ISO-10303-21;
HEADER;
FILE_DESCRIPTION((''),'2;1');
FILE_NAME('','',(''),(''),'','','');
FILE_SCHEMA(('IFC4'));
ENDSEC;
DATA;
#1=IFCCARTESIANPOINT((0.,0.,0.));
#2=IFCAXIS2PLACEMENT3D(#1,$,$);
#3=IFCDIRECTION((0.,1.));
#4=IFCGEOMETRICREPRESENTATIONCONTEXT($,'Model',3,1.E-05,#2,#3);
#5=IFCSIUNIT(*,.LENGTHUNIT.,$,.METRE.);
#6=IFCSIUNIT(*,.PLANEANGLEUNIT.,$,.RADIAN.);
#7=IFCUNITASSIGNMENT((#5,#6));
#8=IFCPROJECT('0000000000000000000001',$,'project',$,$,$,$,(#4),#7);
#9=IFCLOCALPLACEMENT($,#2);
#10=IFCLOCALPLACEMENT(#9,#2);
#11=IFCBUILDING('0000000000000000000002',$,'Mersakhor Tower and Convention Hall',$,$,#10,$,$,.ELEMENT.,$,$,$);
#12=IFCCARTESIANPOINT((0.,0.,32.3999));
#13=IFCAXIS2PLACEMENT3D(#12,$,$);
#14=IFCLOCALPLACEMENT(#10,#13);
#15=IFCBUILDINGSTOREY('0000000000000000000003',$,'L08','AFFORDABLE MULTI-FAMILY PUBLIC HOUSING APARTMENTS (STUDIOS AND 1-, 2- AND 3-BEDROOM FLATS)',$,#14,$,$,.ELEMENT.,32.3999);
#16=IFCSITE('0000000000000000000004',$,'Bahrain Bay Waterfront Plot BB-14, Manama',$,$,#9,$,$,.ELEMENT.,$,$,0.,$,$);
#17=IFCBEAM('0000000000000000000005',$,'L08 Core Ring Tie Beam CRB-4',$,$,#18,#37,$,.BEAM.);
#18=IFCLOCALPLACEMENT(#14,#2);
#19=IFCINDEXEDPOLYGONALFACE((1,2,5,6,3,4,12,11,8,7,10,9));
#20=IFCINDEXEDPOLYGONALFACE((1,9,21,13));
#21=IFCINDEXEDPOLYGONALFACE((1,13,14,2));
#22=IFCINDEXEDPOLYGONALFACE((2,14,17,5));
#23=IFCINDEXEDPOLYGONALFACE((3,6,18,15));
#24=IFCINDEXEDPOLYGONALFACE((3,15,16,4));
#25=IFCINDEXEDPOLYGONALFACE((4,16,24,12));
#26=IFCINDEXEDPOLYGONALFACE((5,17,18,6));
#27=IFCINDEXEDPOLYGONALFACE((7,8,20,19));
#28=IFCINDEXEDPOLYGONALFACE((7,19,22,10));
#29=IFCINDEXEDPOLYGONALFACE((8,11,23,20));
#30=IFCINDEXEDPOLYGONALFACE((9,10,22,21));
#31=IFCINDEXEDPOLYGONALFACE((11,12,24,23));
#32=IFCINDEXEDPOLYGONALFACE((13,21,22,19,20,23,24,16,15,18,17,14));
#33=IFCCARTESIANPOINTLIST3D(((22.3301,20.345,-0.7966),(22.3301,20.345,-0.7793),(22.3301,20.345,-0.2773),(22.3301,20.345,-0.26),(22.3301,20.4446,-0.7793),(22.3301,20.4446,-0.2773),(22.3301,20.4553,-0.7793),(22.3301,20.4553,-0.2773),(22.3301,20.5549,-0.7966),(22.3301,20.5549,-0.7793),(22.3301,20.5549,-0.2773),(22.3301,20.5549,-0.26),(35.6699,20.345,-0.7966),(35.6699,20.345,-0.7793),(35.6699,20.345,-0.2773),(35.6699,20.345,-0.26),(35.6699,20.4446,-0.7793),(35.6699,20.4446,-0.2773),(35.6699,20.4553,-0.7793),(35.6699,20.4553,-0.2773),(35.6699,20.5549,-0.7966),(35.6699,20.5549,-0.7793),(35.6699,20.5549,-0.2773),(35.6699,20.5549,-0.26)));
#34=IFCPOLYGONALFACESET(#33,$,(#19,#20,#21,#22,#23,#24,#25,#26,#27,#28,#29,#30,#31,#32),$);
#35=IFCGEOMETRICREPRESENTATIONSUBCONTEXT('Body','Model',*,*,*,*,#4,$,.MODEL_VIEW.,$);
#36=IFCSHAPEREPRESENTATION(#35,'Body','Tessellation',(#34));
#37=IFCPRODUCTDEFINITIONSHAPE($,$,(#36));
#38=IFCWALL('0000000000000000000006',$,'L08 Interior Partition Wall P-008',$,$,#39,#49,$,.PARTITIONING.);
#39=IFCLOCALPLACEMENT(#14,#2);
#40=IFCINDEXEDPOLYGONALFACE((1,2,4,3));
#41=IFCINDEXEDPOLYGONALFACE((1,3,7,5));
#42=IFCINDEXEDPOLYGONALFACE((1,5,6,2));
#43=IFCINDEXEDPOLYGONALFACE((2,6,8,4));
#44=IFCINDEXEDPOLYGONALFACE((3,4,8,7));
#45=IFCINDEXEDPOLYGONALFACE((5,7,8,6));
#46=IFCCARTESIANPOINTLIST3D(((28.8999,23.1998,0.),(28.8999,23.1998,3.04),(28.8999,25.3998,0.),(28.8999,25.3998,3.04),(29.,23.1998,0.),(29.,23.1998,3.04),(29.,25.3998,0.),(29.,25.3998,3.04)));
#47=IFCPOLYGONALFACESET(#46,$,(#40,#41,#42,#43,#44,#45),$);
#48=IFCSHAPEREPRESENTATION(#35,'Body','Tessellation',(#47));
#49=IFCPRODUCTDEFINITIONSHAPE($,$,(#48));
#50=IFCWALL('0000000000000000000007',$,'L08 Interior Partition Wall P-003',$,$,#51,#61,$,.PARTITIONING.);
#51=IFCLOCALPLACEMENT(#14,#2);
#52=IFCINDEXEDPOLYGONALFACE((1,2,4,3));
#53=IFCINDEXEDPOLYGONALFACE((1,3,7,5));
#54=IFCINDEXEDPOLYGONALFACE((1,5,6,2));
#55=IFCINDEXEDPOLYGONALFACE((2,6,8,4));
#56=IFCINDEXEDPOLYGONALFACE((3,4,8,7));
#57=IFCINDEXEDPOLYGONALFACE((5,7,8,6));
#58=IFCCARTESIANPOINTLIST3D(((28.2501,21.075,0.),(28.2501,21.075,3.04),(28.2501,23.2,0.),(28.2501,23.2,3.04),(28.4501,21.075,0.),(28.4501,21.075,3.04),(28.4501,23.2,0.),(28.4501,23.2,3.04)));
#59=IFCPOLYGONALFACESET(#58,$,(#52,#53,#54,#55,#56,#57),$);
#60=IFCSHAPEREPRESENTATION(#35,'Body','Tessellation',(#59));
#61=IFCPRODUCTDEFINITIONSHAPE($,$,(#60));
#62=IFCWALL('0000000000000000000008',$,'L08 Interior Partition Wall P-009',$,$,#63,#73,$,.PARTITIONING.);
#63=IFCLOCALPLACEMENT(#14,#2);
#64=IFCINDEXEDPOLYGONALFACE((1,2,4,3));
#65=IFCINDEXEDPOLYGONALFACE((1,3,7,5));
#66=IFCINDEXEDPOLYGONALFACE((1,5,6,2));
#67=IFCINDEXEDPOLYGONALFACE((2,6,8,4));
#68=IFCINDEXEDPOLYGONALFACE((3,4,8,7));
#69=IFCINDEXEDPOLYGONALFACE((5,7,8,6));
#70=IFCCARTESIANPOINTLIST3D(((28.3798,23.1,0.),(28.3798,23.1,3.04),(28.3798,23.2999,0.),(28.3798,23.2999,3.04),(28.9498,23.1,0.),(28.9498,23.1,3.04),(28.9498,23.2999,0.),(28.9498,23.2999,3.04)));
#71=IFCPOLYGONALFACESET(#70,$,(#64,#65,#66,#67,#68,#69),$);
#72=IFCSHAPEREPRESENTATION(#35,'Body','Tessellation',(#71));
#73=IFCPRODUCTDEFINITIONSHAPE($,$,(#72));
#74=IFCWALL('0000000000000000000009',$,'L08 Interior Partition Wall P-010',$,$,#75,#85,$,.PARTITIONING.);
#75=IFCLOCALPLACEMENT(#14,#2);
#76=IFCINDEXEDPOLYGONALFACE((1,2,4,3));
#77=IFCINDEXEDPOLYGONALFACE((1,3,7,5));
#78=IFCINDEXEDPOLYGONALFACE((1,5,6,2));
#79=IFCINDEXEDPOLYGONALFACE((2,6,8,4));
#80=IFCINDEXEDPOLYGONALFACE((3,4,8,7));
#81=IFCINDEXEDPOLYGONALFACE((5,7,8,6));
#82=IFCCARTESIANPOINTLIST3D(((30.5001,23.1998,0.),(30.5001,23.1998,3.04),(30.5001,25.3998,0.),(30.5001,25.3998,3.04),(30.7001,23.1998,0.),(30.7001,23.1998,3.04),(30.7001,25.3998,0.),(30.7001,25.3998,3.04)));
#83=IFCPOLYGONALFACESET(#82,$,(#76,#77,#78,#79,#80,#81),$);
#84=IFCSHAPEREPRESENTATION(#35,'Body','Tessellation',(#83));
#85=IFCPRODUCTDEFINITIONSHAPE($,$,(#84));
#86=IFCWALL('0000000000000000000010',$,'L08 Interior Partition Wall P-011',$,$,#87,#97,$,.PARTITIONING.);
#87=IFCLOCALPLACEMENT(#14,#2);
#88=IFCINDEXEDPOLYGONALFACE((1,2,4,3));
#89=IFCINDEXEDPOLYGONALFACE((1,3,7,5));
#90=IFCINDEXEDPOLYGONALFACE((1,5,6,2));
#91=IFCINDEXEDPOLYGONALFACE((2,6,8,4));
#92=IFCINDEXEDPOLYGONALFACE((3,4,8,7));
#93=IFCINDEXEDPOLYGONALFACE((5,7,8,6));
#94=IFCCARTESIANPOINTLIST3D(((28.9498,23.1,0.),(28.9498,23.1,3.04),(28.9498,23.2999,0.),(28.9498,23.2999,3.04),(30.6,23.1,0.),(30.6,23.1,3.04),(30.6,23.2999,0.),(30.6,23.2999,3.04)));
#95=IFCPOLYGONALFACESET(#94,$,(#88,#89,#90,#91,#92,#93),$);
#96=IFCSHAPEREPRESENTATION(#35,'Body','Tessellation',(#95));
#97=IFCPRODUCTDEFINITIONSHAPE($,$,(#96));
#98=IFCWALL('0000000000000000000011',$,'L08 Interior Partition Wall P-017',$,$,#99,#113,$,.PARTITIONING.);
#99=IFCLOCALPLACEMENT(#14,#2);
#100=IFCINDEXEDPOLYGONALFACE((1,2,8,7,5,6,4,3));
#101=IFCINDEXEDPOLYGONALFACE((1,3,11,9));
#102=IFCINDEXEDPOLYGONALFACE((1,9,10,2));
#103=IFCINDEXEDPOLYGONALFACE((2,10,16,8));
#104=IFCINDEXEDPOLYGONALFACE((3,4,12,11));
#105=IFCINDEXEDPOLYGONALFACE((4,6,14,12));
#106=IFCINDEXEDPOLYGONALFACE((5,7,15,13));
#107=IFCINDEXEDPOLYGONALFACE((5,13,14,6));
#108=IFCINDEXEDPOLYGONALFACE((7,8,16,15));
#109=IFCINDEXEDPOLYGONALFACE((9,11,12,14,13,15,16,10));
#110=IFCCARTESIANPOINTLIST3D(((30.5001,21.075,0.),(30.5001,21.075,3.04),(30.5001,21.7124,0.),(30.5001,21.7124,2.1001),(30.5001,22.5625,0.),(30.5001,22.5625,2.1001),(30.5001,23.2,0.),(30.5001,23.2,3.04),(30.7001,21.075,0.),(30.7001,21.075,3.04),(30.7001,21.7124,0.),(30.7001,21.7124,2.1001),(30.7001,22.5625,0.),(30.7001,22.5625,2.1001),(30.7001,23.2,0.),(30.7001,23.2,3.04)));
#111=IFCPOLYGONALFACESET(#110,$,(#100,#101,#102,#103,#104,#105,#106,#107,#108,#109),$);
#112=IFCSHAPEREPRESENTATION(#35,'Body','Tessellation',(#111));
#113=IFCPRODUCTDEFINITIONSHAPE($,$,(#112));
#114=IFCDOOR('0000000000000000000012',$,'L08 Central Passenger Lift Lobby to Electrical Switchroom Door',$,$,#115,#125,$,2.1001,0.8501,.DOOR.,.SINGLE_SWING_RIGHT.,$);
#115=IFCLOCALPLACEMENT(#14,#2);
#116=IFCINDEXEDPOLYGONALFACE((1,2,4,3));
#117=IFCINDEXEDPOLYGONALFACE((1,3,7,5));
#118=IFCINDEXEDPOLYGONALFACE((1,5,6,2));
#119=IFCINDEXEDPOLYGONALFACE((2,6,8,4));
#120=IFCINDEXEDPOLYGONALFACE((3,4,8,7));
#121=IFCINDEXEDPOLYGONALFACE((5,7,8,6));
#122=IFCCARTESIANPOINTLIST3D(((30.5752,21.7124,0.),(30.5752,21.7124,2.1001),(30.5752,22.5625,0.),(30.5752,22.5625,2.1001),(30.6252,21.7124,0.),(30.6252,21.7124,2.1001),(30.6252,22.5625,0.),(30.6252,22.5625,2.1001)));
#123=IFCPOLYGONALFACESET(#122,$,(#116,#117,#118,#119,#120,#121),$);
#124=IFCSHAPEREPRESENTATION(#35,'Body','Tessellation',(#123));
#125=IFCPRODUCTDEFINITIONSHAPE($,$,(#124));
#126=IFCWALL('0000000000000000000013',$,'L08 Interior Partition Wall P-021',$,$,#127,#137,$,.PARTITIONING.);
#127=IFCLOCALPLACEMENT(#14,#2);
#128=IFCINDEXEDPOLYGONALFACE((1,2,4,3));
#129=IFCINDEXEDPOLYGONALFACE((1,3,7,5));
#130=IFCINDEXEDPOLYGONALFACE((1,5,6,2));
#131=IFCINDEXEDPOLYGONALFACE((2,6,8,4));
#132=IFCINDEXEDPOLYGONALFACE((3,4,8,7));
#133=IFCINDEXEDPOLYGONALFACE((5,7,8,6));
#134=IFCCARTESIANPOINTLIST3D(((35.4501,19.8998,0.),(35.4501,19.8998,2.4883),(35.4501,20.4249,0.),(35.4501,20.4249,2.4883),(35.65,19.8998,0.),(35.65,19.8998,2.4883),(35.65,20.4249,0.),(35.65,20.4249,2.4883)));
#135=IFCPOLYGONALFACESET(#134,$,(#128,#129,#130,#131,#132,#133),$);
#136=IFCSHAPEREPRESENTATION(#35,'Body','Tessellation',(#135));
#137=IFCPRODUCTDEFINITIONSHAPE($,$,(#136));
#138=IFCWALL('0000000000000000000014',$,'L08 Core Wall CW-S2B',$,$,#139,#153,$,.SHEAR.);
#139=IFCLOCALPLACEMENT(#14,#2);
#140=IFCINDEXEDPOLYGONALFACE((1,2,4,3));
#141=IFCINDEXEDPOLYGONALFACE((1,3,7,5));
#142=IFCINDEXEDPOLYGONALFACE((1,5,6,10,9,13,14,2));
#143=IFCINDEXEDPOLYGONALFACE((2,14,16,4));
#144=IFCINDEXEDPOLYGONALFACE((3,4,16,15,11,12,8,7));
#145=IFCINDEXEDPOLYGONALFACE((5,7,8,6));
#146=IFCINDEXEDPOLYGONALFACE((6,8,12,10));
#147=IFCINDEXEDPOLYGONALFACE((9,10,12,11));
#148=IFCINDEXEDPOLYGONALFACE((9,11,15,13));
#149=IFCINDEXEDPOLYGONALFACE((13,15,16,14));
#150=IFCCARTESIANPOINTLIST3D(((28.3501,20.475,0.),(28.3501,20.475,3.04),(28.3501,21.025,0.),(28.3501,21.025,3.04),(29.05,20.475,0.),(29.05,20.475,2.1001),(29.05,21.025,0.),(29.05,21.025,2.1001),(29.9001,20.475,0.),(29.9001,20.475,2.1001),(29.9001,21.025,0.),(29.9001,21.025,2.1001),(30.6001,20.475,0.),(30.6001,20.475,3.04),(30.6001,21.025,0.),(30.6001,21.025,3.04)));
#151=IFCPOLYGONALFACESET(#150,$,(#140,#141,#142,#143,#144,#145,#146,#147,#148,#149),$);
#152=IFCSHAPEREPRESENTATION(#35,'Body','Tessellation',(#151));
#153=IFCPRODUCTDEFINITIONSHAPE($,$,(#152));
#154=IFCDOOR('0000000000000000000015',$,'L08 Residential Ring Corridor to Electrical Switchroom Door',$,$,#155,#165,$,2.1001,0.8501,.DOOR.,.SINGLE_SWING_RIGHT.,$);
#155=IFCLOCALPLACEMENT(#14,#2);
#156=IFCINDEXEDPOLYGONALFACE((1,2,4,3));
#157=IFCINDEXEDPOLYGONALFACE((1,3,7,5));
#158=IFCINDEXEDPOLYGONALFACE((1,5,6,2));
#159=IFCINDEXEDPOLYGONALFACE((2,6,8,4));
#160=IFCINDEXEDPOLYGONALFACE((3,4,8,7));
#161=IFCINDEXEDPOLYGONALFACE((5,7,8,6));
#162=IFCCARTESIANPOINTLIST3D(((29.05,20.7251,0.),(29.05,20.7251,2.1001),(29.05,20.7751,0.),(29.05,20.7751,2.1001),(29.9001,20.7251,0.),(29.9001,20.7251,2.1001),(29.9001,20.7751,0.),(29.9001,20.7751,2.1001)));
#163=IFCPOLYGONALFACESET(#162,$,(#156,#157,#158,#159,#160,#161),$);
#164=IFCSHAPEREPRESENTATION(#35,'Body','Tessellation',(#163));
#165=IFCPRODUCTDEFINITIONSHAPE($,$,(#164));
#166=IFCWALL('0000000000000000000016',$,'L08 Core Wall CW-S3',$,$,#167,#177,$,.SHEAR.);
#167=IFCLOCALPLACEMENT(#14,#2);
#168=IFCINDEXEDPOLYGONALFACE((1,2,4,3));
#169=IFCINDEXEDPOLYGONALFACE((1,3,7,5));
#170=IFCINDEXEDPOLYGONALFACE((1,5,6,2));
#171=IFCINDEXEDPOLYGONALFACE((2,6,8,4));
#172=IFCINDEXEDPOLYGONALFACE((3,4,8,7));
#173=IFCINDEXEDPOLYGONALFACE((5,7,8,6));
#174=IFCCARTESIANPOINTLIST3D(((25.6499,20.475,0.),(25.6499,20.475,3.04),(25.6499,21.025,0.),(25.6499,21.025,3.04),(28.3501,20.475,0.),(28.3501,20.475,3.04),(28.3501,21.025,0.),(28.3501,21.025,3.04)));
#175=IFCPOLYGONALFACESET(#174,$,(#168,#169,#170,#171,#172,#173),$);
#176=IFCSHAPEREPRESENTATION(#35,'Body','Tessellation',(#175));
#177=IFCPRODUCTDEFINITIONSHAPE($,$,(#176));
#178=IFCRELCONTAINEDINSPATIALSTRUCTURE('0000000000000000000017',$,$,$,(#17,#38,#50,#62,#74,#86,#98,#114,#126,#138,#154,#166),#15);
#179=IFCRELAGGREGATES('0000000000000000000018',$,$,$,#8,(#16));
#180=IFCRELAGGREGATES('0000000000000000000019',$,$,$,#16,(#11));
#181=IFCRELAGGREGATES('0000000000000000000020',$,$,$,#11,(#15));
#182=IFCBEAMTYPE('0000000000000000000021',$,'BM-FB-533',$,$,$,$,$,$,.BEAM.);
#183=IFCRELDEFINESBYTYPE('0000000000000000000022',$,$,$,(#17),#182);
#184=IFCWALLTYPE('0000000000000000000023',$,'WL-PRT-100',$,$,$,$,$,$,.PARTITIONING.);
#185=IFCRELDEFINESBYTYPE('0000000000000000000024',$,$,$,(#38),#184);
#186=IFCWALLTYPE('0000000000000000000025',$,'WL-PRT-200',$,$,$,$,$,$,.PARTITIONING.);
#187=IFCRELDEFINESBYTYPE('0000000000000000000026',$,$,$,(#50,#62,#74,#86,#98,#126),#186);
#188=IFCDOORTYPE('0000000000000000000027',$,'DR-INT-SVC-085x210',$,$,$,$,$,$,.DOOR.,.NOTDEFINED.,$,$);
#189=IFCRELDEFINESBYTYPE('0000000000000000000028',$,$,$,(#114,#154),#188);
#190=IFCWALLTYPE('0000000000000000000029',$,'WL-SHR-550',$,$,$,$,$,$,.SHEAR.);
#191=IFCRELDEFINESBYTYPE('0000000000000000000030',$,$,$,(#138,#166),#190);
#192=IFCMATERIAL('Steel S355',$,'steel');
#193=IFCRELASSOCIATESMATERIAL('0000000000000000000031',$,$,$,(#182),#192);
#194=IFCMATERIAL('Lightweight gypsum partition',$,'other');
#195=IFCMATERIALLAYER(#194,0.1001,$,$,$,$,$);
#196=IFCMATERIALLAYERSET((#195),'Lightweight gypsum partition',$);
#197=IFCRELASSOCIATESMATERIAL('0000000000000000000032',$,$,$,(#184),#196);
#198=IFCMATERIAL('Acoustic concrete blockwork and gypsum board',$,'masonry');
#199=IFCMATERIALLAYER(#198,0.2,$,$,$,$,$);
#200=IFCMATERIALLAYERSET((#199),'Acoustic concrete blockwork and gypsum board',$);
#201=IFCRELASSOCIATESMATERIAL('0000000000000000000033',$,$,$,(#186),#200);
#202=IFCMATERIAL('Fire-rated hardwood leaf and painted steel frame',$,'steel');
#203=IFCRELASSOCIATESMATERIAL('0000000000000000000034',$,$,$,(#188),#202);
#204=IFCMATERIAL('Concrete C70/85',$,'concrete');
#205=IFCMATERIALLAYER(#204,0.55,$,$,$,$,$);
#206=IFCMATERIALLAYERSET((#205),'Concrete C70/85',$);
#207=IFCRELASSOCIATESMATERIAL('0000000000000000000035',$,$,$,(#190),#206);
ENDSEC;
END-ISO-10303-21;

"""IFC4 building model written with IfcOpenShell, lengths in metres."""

from ifc_helpers import new_model, si_unit, direction, frame, frame_2d, origin, origin_2d, place, context, subcontext, project, spatial, rectangle, i_section, extrude, material, layer, layer_set, material_profile, profile_set, type_object, element, fill, save


model = new_model("IFC4")

# Units and contexts
model_context = context("Model", 3, precision=1e-05, world=origin(), true_north=direction((0.0, 1.0)))
body_context = subcontext(model_context, "Body", "Model", "MODEL_VIEW")
ifc_project = project(units=[si_unit("LENGTHUNIT", "METRE"), si_unit("PLANEANGLEUNIT", "RADIAN")], contexts=[model_context])

# Site, building, storey
site_placement = place(None, origin())
site = spatial("IfcSite", under=ifc_project, at=site_placement, Name="Bahrain Bay Waterfront Plot BB-14, Manama", CompositionType="ELEMENT", RefElevation=0.0)
building_placement = place(site_placement, origin())
building = spatial("IfcBuilding", under=site, at=building_placement, Name="Mersakhor Tower and Convention Hall", CompositionType="ELEMENT")
storey_placement = place(building_placement, frame((0.0, 0.0, 32.3999)))
storey = spatial("IfcBuildingStorey", under=building, at=storey_placement, Name="L08", Description="AFFORDABLE MULTI-FAMILY PUBLIC HOUSING APARTMENTS (STUDIOS AND 1-, 2- AND 3-BEDROOM FLATS)", CompositionType="ELEMENT", Elevation=32.3999)

# Beam
ifc_material_1 = material(Name="Steel S355", Category="steel")
ifc_material_profile = material_profile(ifc_material_1, i_section(OverallWidth=0.21, OverallDepth=0.5366, WebThickness=0.0107, FlangeThickness=0.0173, at=origin_2d()), Name="UB 533x210x101")
ifc_profile_set = profile_set([ifc_material_profile], Name="Steel S355")
beam_type = type_object("IfcBeamType", Name="BM-FB-533", PredefinedType="BEAM", material=ifc_profile_set)
beam_placement = place(storey_placement, frame((35.6699, 20.45, -0.5283), z_axis=(-1.0, 0.0, 0.0), x_axis=(0.0, -1.0, 0.0)))
element("IfcBeam", 1, at=beam_placement, inside=storey, type_object=beam_type, Name="L08 Core Ring Tie Beam CRB-4", PredefinedType="BEAM", context=body_context, shape_type="SweptSolid", body=[
    extrude(i_section(OverallWidth=0.21, OverallDepth=0.5366, WebThickness=0.0107, FlangeThickness=0.0173, at=origin_2d()), origin(), (0.0, 0.0, 1.0), 13.3398),
])

# Walls
ifc_material_2 = material(Name="Lightweight gypsum partition", Category="other")
ifc_layer_1 = layer(ifc_material_2, 0.1001)
ifc_layer_set_1 = layer_set([ifc_layer_1], Name="Lightweight gypsum partition")
wall_type_1 = type_object("IfcWallType", Name="WL-PRT-100", PredefinedType="PARTITIONING", material=ifc_layer_set_1)
wall_1_placement = place(storey_placement, frame((28.95, 25.3999, 0.0), z_axis=(0.0, 0.0, 1.0), x_axis=(0.0, -1.0, 0.0)))
element("IfcWall", 2, at=wall_1_placement, inside=storey, type_object=wall_type_1, Name="L08 Interior Partition Wall P-008", PredefinedType="PARTITIONING", context=body_context, shape_type="SweptSolid", body=[
    extrude(rectangle(XDim=2.2, YDim=0.1001, at=frame_2d((1.1001, 0.0))), origin(), (0.0, 0.0, 1.0), 3.04),
])
ifc_material_3 = material(Name="Acoustic concrete blockwork and gypsum board", Category="masonry")
ifc_layer_2 = layer(ifc_material_3, 0.2)
ifc_layer_set_2 = layer_set([ifc_layer_2], Name="Acoustic concrete blockwork and gypsum board")
wall_type_2 = type_object("IfcWallType", Name="WL-PRT-200", PredefinedType="PARTITIONING", material=ifc_layer_set_2)
wall_2_placement = place(storey_placement, frame((28.3501, 23.2, 0.0), z_axis=(0.0, 0.0, 1.0), x_axis=(0.0, -1.0, 0.0)))
element("IfcWall", 3, at=wall_2_placement, inside=storey, type_object=wall_type_2, Name="L08 Interior Partition Wall P-003", PredefinedType="PARTITIONING", context=body_context, shape_type="SweptSolid", body=[
    extrude(rectangle(XDim=2.125, YDim=0.2, at=frame_2d((1.0625, 0.0))), origin(), (0.0, 0.0, 1.0), 3.04),
])
wall_3_placement = place(storey_placement, frame((28.95, 23.2, 0.0), z_axis=(0.0, 0.0, 1.0), x_axis=(-1.0, 0.0, 0.0)))
element("IfcWall", 4, at=wall_3_placement, inside=storey, type_object=wall_type_2, Name="L08 Interior Partition Wall P-009", PredefinedType="PARTITIONING", context=body_context, shape_type="SweptSolid", body=[
    extrude(rectangle(XDim=0.5701, YDim=0.2, at=frame_2d((0.2852, 0.0))), origin(), (0.0, 0.0, 1.0), 3.04),
])
wall_4_placement = place(storey_placement, frame((30.6001, 25.3999, 0.0), z_axis=(0.0, 0.0, 1.0), x_axis=(0.0, -1.0, 0.0)))
element("IfcWall", 5, at=wall_4_placement, inside=storey, type_object=wall_type_2, Name="L08 Interior Partition Wall P-010", PredefinedType="PARTITIONING", context=body_context, shape_type="SweptSolid", body=[
    extrude(rectangle(XDim=2.2, YDim=0.2, at=frame_2d((1.1001, 0.0))), origin(), (0.0, 0.0, 1.0), 3.04),
])
wall_5_placement = place(storey_placement, frame((30.6001, 23.2, 0.0), z_axis=(0.0, 0.0, 1.0), x_axis=(-1.0, 0.0, 0.0)))
element("IfcWall", 6, at=wall_5_placement, inside=storey, type_object=wall_type_2, Name="L08 Interior Partition Wall P-011", PredefinedType="PARTITIONING", context=body_context, shape_type="SweptSolid", body=[
    extrude(rectangle(XDim=1.6501, YDim=0.2, at=frame_2d((0.8252, 0.0))), origin(), (0.0, 0.0, 1.0), 3.04),
])

# Wall, opening, door
wall_6_placement = place(storey_placement, frame((30.6001, 21.075, 0.0), z_axis=(0.0, 0.0, 1.0), x_axis=(0.0, 1.0, 0.0)))
wall_6 = element("IfcWall", 7, at=wall_6_placement, inside=storey, type_object=wall_type_2, Name="L08 Interior Partition Wall P-017", PredefinedType="PARTITIONING", context=body_context, shape_type="SweptSolid", body=[
    extrude(rectangle(XDim=2.125, YDim=0.2, at=frame_2d((1.0625, 0.0))), origin(), (0.0, 0.0, 1.0), 3.04),
])
opening_1_placement = place(wall_6_placement, frame((0.6375, 0.0, 0.0)))
opening_1 = element("IfcOpeningElement", 8, at=opening_1_placement, cuts=wall_6, PredefinedType="OPENING", context=body_context, shape_type="SweptSolid", body=[
    extrude(rectangle(XDim=0.8501, YDim=2.1001, at=frame_2d((0.425, 1.05))), frame((0.0, 0.1099, 0.0), z_axis=(0.0, -1.0, 0.0), x_axis=(1.0, 0.0, 0.0)), (0.0, 0.0, 1.0), 0.22),
])
ifc_material_4 = material(Name="Fire-rated hardwood leaf and painted steel frame", Category="steel")
door_type_1 = type_object("IfcDoorType", Name="DR-INT-SVC-085x210", OperationType="NOTDEFINED", PredefinedType="DOOR", material=ifc_material_4)
door_1_placement = place(opening_1_placement, origin())
door_1 = element("IfcDoor", 9, at=door_1_placement, inside=storey, type_object=door_type_1, Name="L08 Central Passenger Lift Lobby to Electrical Switchroom Door", OperationType="SINGLE_SWING_RIGHT", OverallHeight=2.1001, OverallWidth=0.8501, PredefinedType="DOOR", context=body_context, shape_type="SweptSolid", body=[
    extrude(rectangle(XDim=0.8501, YDim=2.1001, at=frame_2d((0.425, 1.05))), frame((0.0, 0.0249, 0.0), z_axis=(0.0, -1.0, 0.0), x_axis=(1.0, 0.0, 0.0)), (0.0, 0.0, 1.0), 0.05),
])
fill(opening_1, door_1)

# Wall
wall_7_placement = place(storey_placement, frame((35.55, 20.425, 0.0), z_axis=(0.0, 0.0, 1.0), x_axis=(0.0, -1.0, 0.0)))
element("IfcWall", 10, at=wall_7_placement, inside=storey, type_object=wall_type_2, Name="L08 Interior Partition Wall P-021", PredefinedType="PARTITIONING", context=body_context, shape_type="SweptSolid", body=[
    extrude(rectangle(XDim=0.5251, YDim=0.2, at=frame_2d((0.2627, 0.0))), origin(), (0.0, 0.0, 1.0), 2.4883),
])

# Wall, opening, door
ifc_material_5 = material(Name="Concrete C70/85", Category="concrete")
ifc_layer_3 = layer(ifc_material_5, 0.55)
ifc_layer_set_3 = layer_set([ifc_layer_3], Name="Concrete C70/85")
wall_type_3 = type_object("IfcWallType", Name="WL-SHR-550", PredefinedType="SHEAR", material=ifc_layer_set_3)
wall_8_placement = place(storey_placement, frame((30.6001, 20.75, 0.0), z_axis=(0.0, 0.0, 1.0), x_axis=(-1.0, 0.0, 0.0)))
wall_8 = element("IfcWall", 11, at=wall_8_placement, inside=storey, type_object=wall_type_3, Name="L08 Core Wall CW-S2B", PredefinedType="SHEAR", context=body_context, shape_type="SweptSolid", body=[
    extrude(rectangle(XDim=2.25, YDim=0.55, at=frame_2d((1.125, 0.0))), origin(), (0.0, 0.0, 1.0), 3.04),
])
opening_2_placement = place(wall_8_placement, frame((0.7, 0.0, 0.0)))
opening_2 = element("IfcOpeningElement", 12, at=opening_2_placement, cuts=wall_8, PredefinedType="OPENING", context=body_context, shape_type="SweptSolid", body=[
    extrude(rectangle(XDim=0.8501, YDim=2.1001, at=frame_2d((0.425, 1.05))), frame((0.0, 0.2849, 0.0), z_axis=(0.0, -1.0, 0.0), x_axis=(1.0, 0.0, 0.0)), (0.0, 0.0, 1.0), 0.5701),
])
door_2_placement = place(opening_2_placement, origin())
door_2 = element("IfcDoor", 13, at=door_2_placement, inside=storey, type_object=door_type_1, Name="L08 Residential Ring Corridor to Electrical Switchroom Door", OperationType="SINGLE_SWING_RIGHT", OverallHeight=2.1001, OverallWidth=0.8501, PredefinedType="DOOR", context=body_context, shape_type="SweptSolid", body=[
    extrude(rectangle(XDim=0.8501, YDim=2.1001, at=frame_2d((0.425, 1.05))), frame((0.0, 0.0249, 0.0), z_axis=(0.0, -1.0, 0.0), x_axis=(1.0, 0.0, 0.0)), (0.0, 0.0, 1.0), 0.05),
])
fill(opening_2, door_2)

# Wall
wall_9_placement = place(storey_placement, frame((28.3501, 20.75, 0.0), z_axis=(0.0, 0.0, 1.0), x_axis=(-1.0, 0.0, 0.0)))
element("IfcWall", 14, at=wall_9_placement, inside=storey, type_object=wall_type_3, Name="L08 Core Wall CW-S3", PredefinedType="SHEAR", context=body_context, shape_type="SweptSolid", body=[
    extrude(rectangle(XDim=2.7002, YDim=0.55, at=frame_2d((1.3501, 0.0))), origin(), (0.0, 0.0, 1.0), 3.04),
])

save(model, "model.ifc")
